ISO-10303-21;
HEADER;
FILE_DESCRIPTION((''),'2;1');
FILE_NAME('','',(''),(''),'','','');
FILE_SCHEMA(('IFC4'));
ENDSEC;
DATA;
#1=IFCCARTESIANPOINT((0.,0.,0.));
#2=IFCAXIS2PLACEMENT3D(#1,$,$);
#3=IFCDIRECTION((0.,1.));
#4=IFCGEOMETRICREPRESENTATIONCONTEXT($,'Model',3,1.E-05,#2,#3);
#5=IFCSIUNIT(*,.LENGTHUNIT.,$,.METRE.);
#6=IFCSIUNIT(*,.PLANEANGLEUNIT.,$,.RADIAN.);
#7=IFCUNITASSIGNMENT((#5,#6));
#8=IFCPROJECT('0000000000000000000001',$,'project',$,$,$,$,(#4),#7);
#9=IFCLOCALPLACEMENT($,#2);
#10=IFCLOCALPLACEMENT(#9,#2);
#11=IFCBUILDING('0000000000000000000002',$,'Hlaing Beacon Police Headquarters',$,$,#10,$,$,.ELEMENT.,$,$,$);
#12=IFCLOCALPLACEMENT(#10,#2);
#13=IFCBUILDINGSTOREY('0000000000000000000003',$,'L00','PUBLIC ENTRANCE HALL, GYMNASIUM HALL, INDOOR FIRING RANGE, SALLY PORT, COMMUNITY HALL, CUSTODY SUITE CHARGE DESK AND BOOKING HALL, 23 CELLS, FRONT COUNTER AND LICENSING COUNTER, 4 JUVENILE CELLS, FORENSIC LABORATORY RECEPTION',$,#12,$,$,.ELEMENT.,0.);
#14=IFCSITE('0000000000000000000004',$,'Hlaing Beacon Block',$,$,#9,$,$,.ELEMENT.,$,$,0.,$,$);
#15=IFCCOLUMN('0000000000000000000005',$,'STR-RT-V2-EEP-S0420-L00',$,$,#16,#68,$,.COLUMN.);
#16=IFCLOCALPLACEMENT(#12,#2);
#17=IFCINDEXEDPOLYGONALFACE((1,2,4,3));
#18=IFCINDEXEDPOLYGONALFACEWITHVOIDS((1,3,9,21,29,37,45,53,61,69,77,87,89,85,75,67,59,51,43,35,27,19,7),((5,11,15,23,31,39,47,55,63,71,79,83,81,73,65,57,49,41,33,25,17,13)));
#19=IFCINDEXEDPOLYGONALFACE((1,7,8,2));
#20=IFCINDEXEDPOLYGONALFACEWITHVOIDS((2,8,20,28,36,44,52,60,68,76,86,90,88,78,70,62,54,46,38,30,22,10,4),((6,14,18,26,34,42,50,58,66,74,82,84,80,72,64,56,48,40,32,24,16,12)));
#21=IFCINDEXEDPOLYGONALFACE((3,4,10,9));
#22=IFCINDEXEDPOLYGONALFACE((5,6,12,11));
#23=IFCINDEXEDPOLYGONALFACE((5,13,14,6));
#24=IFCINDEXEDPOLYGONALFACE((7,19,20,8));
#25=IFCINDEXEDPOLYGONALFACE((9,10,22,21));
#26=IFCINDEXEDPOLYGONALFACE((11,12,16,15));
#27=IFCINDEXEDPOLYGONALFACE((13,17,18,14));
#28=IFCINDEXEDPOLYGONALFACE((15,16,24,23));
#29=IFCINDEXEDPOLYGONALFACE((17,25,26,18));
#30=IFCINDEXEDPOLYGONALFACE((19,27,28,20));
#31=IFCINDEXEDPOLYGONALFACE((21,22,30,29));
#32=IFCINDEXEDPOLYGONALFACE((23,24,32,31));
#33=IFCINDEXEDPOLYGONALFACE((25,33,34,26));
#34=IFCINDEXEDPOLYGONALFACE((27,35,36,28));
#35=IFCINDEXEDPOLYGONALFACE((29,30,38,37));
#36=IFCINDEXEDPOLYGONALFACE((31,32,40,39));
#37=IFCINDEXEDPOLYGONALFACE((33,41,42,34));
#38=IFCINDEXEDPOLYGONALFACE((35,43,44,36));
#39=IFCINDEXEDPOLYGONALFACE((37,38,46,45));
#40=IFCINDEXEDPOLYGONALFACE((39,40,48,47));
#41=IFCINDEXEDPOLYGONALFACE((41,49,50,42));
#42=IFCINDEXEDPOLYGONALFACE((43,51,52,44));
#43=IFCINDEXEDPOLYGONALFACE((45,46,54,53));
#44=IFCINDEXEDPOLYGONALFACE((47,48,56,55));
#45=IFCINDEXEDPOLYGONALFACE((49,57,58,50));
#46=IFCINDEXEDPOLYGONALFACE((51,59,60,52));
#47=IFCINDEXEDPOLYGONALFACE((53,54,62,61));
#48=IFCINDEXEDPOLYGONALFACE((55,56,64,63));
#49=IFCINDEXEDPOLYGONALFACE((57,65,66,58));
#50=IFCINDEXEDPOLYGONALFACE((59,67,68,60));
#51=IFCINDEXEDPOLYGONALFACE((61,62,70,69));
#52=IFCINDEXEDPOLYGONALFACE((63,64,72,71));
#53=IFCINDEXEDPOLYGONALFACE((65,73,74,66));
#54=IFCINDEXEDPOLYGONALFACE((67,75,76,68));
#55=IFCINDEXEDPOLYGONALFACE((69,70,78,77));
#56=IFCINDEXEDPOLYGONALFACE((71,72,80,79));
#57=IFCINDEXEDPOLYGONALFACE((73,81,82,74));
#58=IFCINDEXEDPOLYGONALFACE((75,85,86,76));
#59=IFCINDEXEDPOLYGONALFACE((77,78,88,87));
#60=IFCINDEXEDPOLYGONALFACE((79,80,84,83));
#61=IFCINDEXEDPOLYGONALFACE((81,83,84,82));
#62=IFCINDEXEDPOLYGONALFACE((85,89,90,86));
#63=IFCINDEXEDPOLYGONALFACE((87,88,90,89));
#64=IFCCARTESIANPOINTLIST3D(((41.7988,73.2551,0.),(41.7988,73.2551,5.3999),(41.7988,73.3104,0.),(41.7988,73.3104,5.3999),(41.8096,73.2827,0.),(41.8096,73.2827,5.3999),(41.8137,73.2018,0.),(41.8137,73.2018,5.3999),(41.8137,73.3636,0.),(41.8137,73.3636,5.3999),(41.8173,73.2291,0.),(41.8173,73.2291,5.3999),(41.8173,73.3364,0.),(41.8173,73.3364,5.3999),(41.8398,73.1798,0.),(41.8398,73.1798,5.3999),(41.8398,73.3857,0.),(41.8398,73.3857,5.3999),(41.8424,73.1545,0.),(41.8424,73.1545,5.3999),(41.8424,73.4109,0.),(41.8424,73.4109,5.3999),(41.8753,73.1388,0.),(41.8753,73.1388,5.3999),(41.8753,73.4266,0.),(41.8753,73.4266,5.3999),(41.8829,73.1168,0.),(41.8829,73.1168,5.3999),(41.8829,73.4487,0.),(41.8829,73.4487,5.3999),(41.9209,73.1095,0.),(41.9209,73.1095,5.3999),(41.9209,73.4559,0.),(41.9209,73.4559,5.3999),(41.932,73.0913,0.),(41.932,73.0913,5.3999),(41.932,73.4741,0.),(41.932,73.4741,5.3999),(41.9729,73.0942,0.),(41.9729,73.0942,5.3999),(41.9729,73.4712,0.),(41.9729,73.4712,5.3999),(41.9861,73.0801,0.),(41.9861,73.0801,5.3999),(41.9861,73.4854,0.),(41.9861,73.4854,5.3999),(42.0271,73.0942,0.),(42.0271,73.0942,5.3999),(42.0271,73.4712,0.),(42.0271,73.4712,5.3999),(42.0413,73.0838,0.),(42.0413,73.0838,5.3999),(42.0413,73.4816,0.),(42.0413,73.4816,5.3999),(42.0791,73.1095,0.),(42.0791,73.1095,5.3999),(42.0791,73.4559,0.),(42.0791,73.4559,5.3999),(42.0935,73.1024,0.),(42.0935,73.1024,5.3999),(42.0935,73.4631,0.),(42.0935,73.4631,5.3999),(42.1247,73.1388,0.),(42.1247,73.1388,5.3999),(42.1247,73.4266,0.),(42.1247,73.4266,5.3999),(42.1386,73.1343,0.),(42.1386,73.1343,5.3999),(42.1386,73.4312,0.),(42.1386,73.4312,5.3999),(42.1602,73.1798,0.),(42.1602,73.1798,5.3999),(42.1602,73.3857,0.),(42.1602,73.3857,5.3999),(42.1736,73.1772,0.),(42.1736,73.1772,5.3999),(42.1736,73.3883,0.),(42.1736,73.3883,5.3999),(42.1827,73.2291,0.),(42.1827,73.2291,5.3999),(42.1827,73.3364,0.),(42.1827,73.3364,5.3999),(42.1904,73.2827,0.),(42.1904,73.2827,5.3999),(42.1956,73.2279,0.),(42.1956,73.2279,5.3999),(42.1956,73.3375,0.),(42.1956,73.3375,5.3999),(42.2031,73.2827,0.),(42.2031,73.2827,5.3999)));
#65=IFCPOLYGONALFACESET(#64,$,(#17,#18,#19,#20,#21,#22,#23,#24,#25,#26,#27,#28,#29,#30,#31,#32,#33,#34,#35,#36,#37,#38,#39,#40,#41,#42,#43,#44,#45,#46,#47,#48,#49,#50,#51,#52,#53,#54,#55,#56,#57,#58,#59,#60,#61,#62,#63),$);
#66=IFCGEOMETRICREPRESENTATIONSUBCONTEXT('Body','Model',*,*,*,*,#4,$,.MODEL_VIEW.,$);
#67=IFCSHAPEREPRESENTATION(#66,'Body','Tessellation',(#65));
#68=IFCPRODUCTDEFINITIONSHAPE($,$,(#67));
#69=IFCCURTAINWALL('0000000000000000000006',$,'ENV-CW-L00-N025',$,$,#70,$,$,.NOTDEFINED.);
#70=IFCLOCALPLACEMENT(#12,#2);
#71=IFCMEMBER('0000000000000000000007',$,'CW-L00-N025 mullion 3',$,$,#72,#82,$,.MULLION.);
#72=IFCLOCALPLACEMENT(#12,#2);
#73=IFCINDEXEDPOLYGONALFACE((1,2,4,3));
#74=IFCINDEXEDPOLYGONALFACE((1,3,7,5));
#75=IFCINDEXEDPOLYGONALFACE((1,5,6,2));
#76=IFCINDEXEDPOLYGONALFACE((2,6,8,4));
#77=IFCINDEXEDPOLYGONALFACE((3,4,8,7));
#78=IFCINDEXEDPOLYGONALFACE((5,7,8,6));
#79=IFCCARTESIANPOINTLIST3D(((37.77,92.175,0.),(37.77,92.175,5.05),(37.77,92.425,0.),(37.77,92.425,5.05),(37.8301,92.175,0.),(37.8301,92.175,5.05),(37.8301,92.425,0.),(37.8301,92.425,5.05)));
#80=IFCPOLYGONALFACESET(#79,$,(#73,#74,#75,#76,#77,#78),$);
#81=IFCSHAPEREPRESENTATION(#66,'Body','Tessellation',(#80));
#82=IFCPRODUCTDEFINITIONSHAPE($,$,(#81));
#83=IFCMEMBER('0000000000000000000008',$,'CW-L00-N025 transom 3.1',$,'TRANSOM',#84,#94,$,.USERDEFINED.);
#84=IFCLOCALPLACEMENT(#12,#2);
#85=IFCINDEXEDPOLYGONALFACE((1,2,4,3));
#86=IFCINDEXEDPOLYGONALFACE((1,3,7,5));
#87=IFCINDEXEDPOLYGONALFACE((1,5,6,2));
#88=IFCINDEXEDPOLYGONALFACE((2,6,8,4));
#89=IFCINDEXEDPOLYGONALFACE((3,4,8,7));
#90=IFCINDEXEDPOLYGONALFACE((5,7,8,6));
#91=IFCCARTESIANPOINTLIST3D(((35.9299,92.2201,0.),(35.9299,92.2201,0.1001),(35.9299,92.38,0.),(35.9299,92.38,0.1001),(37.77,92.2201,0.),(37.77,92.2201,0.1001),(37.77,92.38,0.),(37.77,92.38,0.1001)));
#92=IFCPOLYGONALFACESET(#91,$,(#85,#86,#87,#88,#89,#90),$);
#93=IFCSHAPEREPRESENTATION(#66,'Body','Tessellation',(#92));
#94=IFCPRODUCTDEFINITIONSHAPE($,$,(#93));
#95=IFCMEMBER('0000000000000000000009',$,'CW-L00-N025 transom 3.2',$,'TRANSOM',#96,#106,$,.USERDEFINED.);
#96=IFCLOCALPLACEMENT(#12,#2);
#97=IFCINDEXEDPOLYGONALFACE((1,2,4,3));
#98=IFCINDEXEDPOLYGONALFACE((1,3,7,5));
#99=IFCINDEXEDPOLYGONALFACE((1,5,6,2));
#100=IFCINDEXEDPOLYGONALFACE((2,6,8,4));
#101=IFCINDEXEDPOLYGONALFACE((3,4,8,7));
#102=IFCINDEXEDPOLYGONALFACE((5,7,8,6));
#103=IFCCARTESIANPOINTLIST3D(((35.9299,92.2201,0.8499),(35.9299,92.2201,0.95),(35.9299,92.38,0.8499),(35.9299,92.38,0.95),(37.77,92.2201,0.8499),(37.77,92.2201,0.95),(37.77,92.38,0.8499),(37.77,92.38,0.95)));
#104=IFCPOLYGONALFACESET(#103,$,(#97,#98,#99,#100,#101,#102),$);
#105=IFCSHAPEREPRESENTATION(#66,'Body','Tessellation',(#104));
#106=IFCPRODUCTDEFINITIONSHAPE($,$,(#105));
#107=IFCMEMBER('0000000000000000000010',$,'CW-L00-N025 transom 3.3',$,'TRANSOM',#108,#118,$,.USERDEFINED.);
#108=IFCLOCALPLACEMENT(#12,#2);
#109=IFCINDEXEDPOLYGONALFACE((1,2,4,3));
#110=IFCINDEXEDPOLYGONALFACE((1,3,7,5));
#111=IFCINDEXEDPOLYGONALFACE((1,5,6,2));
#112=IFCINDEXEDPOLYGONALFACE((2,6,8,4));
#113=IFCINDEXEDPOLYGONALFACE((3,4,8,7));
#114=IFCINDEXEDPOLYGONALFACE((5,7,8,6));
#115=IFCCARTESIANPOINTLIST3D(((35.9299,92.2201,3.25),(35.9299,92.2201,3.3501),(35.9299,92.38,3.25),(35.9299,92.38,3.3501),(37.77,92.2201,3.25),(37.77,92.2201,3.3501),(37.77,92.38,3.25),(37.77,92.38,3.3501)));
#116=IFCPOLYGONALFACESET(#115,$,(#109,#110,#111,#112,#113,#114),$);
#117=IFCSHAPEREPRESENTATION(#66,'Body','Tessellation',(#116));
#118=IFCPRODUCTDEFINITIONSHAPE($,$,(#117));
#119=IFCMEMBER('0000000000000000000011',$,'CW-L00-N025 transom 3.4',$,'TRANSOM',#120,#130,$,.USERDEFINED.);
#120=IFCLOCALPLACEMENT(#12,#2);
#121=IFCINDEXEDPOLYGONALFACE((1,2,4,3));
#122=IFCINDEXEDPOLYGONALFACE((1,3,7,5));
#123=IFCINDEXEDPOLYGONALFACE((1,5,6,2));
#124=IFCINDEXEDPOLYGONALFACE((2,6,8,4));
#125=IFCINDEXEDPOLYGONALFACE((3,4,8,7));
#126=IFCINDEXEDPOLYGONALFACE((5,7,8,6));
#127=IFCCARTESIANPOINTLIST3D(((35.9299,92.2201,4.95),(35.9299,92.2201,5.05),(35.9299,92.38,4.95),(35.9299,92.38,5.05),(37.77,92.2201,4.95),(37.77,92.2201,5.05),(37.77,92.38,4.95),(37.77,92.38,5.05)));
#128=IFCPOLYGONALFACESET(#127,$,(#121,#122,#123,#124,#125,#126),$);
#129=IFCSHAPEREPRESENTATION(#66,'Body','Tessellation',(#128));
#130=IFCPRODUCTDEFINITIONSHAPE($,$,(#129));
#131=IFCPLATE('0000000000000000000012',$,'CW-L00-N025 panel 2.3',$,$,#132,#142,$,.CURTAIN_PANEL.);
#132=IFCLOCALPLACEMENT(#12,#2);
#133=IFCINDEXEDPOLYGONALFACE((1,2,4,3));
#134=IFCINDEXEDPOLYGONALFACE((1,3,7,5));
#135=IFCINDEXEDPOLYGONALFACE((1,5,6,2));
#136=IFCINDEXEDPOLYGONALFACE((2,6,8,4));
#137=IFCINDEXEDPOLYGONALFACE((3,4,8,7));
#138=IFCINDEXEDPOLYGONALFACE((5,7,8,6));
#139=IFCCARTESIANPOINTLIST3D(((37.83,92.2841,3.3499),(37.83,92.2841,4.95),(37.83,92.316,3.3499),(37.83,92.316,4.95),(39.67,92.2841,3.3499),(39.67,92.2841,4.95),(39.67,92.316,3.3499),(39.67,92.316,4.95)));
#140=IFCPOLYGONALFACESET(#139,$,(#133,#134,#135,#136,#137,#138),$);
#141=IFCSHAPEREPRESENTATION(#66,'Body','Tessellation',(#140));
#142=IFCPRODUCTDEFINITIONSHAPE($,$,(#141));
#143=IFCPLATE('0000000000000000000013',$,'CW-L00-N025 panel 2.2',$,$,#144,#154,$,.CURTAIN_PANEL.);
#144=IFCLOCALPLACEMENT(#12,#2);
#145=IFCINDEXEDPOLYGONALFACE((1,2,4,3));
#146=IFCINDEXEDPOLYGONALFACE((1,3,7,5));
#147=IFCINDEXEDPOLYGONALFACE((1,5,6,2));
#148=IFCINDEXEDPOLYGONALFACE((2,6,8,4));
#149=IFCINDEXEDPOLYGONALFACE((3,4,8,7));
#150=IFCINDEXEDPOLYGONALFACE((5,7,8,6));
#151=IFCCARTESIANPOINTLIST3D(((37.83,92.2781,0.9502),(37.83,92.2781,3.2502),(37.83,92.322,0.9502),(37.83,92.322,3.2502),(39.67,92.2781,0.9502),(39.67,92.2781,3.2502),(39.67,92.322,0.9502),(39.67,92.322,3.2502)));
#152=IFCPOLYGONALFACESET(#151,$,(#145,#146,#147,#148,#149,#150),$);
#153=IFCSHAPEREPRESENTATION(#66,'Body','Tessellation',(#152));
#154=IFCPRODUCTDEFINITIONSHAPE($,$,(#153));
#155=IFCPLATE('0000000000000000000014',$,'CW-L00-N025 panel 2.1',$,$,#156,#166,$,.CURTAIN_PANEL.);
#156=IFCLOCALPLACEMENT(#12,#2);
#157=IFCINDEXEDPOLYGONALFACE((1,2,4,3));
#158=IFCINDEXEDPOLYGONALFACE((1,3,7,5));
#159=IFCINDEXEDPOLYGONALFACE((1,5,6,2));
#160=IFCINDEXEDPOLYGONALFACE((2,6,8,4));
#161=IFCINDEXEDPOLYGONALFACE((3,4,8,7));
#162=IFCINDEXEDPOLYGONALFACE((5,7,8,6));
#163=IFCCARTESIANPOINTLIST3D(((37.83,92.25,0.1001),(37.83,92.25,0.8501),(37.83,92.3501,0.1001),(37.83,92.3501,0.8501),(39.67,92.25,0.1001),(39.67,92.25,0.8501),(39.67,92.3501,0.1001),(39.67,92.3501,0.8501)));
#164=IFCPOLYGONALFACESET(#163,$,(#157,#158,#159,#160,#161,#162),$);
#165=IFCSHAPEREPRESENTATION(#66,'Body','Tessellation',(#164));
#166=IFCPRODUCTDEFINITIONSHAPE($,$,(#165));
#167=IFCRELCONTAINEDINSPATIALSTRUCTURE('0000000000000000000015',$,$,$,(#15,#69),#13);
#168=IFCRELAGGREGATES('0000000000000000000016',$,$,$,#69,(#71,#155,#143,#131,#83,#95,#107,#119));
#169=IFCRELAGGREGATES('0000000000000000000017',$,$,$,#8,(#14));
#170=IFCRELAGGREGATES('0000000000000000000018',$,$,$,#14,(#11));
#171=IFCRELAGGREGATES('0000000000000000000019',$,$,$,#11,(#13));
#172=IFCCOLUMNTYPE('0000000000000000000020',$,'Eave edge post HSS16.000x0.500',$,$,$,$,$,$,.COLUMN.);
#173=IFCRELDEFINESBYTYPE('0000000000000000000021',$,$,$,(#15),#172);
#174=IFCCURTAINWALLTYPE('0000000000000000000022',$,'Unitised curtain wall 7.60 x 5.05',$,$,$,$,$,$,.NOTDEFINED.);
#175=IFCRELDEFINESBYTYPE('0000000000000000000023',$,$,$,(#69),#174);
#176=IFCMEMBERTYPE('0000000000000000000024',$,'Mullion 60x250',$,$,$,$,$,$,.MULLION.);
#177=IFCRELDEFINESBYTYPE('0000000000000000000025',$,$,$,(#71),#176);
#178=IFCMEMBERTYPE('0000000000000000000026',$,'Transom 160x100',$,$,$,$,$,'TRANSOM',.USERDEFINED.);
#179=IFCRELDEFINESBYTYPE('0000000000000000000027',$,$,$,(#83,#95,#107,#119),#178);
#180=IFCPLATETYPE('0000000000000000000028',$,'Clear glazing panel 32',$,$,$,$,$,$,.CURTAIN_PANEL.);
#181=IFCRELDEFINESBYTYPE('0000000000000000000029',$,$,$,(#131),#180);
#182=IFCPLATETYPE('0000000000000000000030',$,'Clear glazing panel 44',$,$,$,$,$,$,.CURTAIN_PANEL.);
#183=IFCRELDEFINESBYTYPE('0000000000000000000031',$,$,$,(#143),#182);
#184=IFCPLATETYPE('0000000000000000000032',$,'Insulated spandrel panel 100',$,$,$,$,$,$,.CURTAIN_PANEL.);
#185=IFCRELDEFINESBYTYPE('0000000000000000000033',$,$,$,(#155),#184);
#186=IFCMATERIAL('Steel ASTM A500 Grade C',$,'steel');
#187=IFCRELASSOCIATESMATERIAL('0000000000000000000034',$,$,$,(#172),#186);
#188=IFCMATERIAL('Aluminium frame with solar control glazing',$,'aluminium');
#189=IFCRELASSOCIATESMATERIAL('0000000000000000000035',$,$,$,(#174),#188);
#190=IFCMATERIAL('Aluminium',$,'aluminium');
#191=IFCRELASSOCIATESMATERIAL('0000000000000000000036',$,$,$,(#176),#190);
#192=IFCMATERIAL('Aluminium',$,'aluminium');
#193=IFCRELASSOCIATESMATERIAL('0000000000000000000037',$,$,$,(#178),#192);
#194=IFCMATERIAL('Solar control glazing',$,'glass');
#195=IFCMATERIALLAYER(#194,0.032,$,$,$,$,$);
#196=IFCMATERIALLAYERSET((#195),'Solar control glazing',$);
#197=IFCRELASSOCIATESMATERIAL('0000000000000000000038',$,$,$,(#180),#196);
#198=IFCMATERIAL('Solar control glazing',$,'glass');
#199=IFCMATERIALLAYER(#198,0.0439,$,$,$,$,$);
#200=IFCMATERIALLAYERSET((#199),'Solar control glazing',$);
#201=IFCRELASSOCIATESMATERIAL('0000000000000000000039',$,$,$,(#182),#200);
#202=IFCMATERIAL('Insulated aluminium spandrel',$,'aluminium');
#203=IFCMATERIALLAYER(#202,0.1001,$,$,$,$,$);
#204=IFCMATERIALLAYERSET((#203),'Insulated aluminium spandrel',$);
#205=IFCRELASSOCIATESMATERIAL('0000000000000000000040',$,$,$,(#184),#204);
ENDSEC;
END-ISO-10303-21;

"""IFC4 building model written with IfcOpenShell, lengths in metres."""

from ifc_helpers import new_model, si_unit, direction, frame, origin, origin_2d, place, context, subcontext, project, spatial, rectangle, hollow_circle, extrude, material, layer, layer_set, material_profile, profile_set, type_object, element, aggregate, save


model = new_model("IFC4")

# Units and contexts
model_context = context("Model", 3, precision=1e-05, world=origin(), true_north=direction((0.0, 1.0)))
body_context = subcontext(model_context, "Body", "Model", "MODEL_VIEW")
ifc_project = project(units=[si_unit("LENGTHUNIT", "METRE"), si_unit("PLANEANGLEUNIT", "RADIAN")], contexts=[model_context])

# Site, building, storey
site_placement = place(None, origin())
site = spatial("IfcSite", under=ifc_project, at=site_placement, Name="Hlaing Beacon Block", CompositionType="ELEMENT", RefElevation=0.0)
building_placement = place(site_placement, origin())
building = spatial("IfcBuilding", under=site, at=building_placement, Name="Hlaing Beacon Police Headquarters", CompositionType="ELEMENT")
storey_placement = place(building_placement, origin())
storey = spatial("IfcBuildingStorey", under=building, at=storey_placement, Name="L00", Description="PUBLIC ENTRANCE HALL, GYMNASIUM HALL, INDOOR FIRING RANGE, SALLY PORT, COMMUNITY HALL, CUSTODY SUITE CHARGE DESK AND BOOKING HALL, 23 CELLS, FRONT COUNTER AND LICENSING COUNTER, 4 JUVENILE CELLS, FORENSIC LABORATORY RECEPTION", CompositionType="ELEMENT", Elevation=0.0)

# Column
ifc_material_1 = material(Name="Steel ASTM A500 Grade C", Category="steel")
ifc_material_profile_1 = material_profile(ifc_material_1, hollow_circle(Radius=0.2031, WallThickness=0.0127, at=origin_2d()), Name="HSS16.000x0.500")
ifc_profile_set_1 = profile_set([ifc_material_profile_1], Name="Steel ASTM A500 Grade C")
column_type = type_object("IfcColumnType", Name="Eave edge post HSS16.000x0.500", PredefinedType="COLUMN", material=ifc_profile_set_1)
column_placement = place(storey_placement, frame((42.0, 73.2827, 0.0), z_axis=(0.0, 0.0, 1.0), x_axis=(1.0, 0.0, 0.0)))
element("IfcColumn", 1, at=column_placement, inside=storey, type_object=column_type, Name="STR-RT-V2-EEP-S0420-L00", PredefinedType="COLUMN", context=body_context, shape_type="SweptSolid", body=[
    extrude(hollow_circle(Radius=0.2031, WallThickness=0.0127, at=origin_2d()), origin(), (0.0, 0.0, 1.0), 5.3999),
])

# Curtain wall, members, plates
ifc_material_2 = material(Name="Aluminium frame with solar control glazing", Category="aluminium")
curtain_wall_type = type_object("IfcCurtainWallType", Name="Unitised curtain wall 7.60 x 5.05", PredefinedType="NOTDEFINED", material=ifc_material_2)
curtain_wall_placement = place(storey_placement, origin())
curtain_wall = element("IfcCurtainWall", 2, at=curtain_wall_placement, inside=storey, type_object=curtain_wall_type, Name="ENV-CW-L00-N025", PredefinedType="NOTDEFINED")
ifc_material_3 = material(Name="Aluminium", Category="aluminium")
ifc_material_profile_2 = material_profile(ifc_material_3, rectangle(XDim=0.25, YDim=0.0601, at=origin_2d()), Name="Mullion 60x250")
ifc_profile_set_2 = profile_set([ifc_material_profile_2], Name="Aluminium")
member_type_1 = type_object("IfcMemberType", Name="Mullion 60x250", PredefinedType="MULLION", material=ifc_profile_set_2)
member_1_placement = place(storey_placement, frame((37.8, 92.3, 0.0), z_axis=(0.0, 0.0, 1.0), x_axis=(0.0, -1.0, 0.0)))
member_1 = element("IfcMember", 3, at=member_1_placement, type_object=member_type_1, Name="CW-L00-N025 mullion 3", PredefinedType="MULLION", context=body_context, shape_type="SweptSolid", body=[
    extrude(rectangle(XDim=0.25, YDim=0.0601, at=origin_2d()), origin(), (0.0, 0.0, 1.0), 5.05),
])
ifc_material_4 = material(Name="Aluminium", Category="aluminium")
ifc_material_profile_3 = material_profile(ifc_material_4, rectangle(XDim=0.1599, YDim=0.1001, at=origin_2d()), Name="Transom 160x100")
ifc_profile_set_3 = profile_set([ifc_material_profile_3], Name="Aluminium")
member_type_2 = type_object("IfcMemberType", Name="Transom 160x100", ElementType="TRANSOM", PredefinedType="USERDEFINED", material=ifc_profile_set_3)
member_2_placement = place(storey_placement, frame((37.77, 92.3, 0.05), z_axis=(-1.0, 0.0, 0.0), x_axis=(0.0, -1.0, 0.0)))
member_2 = element("IfcMember", 4, at=member_2_placement, type_object=member_type_2, Name="CW-L00-N025 transom 3.1", ObjectType="TRANSOM", PredefinedType="USERDEFINED", context=body_context, shape_type="SweptSolid", body=[
    extrude(rectangle(XDim=0.1599, YDim=0.1001, at=origin_2d()), origin(), (0.0, 0.0, 1.0), 1.8401),
])
member_3_placement = place(storey_placement, frame((37.77, 92.3, 0.8999), z_axis=(-1.0, 0.0, 0.0), x_axis=(0.0, -1.0, 0.0)))
member_3 = element("IfcMember", 5, at=member_3_placement, type_object=member_type_2, Name="CW-L00-N025 transom 3.2", ObjectType="TRANSOM", PredefinedType="USERDEFINED", context=body_context, shape_type="SweptSolid", body=[
    extrude(rectangle(XDim=0.1599, YDim=0.1001, at=origin_2d()), origin(), (0.0, 0.0, 1.0), 1.8401),
])
member_4_placement = place(storey_placement, frame((37.77, 92.3, 3.3), z_axis=(-1.0, 0.0, 0.0), x_axis=(0.0, -1.0, 0.0)))
member_4 = element("IfcMember", 6, at=member_4_placement, type_object=member_type_2, Name="CW-L00-N025 transom 3.3", ObjectType="TRANSOM", PredefinedType="USERDEFINED", context=body_context, shape_type="SweptSolid", body=[
    extrude(rectangle(XDim=0.1599, YDim=0.1001, at=origin_2d()), origin(), (0.0, 0.0, 1.0), 1.8401),
])
member_5_placement = place(storey_placement, frame((37.77, 92.3, 5.0), z_axis=(-1.0, 0.0, 0.0), x_axis=(0.0, -1.0, 0.0)))
member_5 = element("IfcMember", 7, at=member_5_placement, type_object=member_type_2, Name="CW-L00-N025 transom 3.4", ObjectType="TRANSOM", PredefinedType="USERDEFINED", context=body_context, shape_type="SweptSolid", body=[
    extrude(rectangle(XDim=0.1599, YDim=0.1001, at=origin_2d()), origin(), (0.0, 0.0, 1.0), 1.8401),
])
ifc_material_5 = material(Name="Solar control glazing", Category="glass")
ifc_layer_1 = layer(ifc_material_5, 0.032)
ifc_layer_set_1 = layer_set([ifc_layer_1], Name="Solar control glazing")
plate_type_1 = type_object("IfcPlateType", Name="Clear glazing panel 32", PredefinedType="CURTAIN_PANEL", material=ifc_layer_set_1)
plate_1_placement = place(storey_placement, frame((38.75, 92.3, 3.3499), z_axis=(0.0, 0.0, 1.0), x_axis=(-1.0, 0.0, 0.0)))
plate_1 = element("IfcPlate", 8, at=plate_1_placement, type_object=plate_type_1, Name="CW-L00-N025 panel 2.3", PredefinedType="CURTAIN_PANEL", context=body_context, shape_type="SweptSolid", body=[
    extrude(rectangle(XDim=1.8401, YDim=0.032, at=origin_2d()), origin(), (0.0, 0.0, 1.0), 1.6001),
])
ifc_material_6 = material(Name="Solar control glazing", Category="glass")
ifc_layer_2 = layer(ifc_material_6, 0.0439)
ifc_layer_set_2 = layer_set([ifc_layer_2], Name="Solar control glazing")
plate_type_2 = type_object("IfcPlateType", Name="Clear glazing panel 44", PredefinedType="CURTAIN_PANEL", material=ifc_layer_set_2)
plate_2_placement = place(storey_placement, frame((38.75, 92.3, 0.9502), z_axis=(0.0, 0.0, 1.0), x_axis=(-1.0, 0.0, 0.0)))
plate_2 = element("IfcPlate", 9, at=plate_2_placement, type_object=plate_type_2, Name="CW-L00-N025 panel 2.2", PredefinedType="CURTAIN_PANEL", context=body_context, shape_type="SweptSolid", body=[
    extrude(rectangle(XDim=1.8401, YDim=0.0439, at=origin_2d()), origin(), (0.0, 0.0, 1.0), 2.3),
])
ifc_material_7 = material(Name="Insulated aluminium spandrel", Category="aluminium")
ifc_layer_3 = layer(ifc_material_7, 0.1001)
ifc_layer_set_3 = layer_set([ifc_layer_3], Name="Insulated aluminium spandrel")
plate_type_3 = type_object("IfcPlateType", Name="Insulated spandrel panel 100", PredefinedType="CURTAIN_PANEL", material=ifc_layer_set_3)
plate_3_placement = place(storey_placement, frame((38.75, 92.3, 0.1001), z_axis=(0.0, 0.0, 1.0), x_axis=(-1.0, 0.0, 0.0)))
plate_3 = element("IfcPlate", 10, at=plate_3_placement, type_object=plate_type_3, Name="CW-L00-N025 panel 2.1", PredefinedType="CURTAIN_PANEL", context=body_context, shape_type="SweptSolid", body=[
    extrude(rectangle(XDim=1.8401, YDim=0.1001, at=origin_2d()), origin(), (0.0, 0.0, 1.0), 0.75),
])
aggregate(curtain_wall, [member_1, plate_3, plate_2, plate_1, member_2, member_3, member_4, member_5])

save(model, "model.ifc")
